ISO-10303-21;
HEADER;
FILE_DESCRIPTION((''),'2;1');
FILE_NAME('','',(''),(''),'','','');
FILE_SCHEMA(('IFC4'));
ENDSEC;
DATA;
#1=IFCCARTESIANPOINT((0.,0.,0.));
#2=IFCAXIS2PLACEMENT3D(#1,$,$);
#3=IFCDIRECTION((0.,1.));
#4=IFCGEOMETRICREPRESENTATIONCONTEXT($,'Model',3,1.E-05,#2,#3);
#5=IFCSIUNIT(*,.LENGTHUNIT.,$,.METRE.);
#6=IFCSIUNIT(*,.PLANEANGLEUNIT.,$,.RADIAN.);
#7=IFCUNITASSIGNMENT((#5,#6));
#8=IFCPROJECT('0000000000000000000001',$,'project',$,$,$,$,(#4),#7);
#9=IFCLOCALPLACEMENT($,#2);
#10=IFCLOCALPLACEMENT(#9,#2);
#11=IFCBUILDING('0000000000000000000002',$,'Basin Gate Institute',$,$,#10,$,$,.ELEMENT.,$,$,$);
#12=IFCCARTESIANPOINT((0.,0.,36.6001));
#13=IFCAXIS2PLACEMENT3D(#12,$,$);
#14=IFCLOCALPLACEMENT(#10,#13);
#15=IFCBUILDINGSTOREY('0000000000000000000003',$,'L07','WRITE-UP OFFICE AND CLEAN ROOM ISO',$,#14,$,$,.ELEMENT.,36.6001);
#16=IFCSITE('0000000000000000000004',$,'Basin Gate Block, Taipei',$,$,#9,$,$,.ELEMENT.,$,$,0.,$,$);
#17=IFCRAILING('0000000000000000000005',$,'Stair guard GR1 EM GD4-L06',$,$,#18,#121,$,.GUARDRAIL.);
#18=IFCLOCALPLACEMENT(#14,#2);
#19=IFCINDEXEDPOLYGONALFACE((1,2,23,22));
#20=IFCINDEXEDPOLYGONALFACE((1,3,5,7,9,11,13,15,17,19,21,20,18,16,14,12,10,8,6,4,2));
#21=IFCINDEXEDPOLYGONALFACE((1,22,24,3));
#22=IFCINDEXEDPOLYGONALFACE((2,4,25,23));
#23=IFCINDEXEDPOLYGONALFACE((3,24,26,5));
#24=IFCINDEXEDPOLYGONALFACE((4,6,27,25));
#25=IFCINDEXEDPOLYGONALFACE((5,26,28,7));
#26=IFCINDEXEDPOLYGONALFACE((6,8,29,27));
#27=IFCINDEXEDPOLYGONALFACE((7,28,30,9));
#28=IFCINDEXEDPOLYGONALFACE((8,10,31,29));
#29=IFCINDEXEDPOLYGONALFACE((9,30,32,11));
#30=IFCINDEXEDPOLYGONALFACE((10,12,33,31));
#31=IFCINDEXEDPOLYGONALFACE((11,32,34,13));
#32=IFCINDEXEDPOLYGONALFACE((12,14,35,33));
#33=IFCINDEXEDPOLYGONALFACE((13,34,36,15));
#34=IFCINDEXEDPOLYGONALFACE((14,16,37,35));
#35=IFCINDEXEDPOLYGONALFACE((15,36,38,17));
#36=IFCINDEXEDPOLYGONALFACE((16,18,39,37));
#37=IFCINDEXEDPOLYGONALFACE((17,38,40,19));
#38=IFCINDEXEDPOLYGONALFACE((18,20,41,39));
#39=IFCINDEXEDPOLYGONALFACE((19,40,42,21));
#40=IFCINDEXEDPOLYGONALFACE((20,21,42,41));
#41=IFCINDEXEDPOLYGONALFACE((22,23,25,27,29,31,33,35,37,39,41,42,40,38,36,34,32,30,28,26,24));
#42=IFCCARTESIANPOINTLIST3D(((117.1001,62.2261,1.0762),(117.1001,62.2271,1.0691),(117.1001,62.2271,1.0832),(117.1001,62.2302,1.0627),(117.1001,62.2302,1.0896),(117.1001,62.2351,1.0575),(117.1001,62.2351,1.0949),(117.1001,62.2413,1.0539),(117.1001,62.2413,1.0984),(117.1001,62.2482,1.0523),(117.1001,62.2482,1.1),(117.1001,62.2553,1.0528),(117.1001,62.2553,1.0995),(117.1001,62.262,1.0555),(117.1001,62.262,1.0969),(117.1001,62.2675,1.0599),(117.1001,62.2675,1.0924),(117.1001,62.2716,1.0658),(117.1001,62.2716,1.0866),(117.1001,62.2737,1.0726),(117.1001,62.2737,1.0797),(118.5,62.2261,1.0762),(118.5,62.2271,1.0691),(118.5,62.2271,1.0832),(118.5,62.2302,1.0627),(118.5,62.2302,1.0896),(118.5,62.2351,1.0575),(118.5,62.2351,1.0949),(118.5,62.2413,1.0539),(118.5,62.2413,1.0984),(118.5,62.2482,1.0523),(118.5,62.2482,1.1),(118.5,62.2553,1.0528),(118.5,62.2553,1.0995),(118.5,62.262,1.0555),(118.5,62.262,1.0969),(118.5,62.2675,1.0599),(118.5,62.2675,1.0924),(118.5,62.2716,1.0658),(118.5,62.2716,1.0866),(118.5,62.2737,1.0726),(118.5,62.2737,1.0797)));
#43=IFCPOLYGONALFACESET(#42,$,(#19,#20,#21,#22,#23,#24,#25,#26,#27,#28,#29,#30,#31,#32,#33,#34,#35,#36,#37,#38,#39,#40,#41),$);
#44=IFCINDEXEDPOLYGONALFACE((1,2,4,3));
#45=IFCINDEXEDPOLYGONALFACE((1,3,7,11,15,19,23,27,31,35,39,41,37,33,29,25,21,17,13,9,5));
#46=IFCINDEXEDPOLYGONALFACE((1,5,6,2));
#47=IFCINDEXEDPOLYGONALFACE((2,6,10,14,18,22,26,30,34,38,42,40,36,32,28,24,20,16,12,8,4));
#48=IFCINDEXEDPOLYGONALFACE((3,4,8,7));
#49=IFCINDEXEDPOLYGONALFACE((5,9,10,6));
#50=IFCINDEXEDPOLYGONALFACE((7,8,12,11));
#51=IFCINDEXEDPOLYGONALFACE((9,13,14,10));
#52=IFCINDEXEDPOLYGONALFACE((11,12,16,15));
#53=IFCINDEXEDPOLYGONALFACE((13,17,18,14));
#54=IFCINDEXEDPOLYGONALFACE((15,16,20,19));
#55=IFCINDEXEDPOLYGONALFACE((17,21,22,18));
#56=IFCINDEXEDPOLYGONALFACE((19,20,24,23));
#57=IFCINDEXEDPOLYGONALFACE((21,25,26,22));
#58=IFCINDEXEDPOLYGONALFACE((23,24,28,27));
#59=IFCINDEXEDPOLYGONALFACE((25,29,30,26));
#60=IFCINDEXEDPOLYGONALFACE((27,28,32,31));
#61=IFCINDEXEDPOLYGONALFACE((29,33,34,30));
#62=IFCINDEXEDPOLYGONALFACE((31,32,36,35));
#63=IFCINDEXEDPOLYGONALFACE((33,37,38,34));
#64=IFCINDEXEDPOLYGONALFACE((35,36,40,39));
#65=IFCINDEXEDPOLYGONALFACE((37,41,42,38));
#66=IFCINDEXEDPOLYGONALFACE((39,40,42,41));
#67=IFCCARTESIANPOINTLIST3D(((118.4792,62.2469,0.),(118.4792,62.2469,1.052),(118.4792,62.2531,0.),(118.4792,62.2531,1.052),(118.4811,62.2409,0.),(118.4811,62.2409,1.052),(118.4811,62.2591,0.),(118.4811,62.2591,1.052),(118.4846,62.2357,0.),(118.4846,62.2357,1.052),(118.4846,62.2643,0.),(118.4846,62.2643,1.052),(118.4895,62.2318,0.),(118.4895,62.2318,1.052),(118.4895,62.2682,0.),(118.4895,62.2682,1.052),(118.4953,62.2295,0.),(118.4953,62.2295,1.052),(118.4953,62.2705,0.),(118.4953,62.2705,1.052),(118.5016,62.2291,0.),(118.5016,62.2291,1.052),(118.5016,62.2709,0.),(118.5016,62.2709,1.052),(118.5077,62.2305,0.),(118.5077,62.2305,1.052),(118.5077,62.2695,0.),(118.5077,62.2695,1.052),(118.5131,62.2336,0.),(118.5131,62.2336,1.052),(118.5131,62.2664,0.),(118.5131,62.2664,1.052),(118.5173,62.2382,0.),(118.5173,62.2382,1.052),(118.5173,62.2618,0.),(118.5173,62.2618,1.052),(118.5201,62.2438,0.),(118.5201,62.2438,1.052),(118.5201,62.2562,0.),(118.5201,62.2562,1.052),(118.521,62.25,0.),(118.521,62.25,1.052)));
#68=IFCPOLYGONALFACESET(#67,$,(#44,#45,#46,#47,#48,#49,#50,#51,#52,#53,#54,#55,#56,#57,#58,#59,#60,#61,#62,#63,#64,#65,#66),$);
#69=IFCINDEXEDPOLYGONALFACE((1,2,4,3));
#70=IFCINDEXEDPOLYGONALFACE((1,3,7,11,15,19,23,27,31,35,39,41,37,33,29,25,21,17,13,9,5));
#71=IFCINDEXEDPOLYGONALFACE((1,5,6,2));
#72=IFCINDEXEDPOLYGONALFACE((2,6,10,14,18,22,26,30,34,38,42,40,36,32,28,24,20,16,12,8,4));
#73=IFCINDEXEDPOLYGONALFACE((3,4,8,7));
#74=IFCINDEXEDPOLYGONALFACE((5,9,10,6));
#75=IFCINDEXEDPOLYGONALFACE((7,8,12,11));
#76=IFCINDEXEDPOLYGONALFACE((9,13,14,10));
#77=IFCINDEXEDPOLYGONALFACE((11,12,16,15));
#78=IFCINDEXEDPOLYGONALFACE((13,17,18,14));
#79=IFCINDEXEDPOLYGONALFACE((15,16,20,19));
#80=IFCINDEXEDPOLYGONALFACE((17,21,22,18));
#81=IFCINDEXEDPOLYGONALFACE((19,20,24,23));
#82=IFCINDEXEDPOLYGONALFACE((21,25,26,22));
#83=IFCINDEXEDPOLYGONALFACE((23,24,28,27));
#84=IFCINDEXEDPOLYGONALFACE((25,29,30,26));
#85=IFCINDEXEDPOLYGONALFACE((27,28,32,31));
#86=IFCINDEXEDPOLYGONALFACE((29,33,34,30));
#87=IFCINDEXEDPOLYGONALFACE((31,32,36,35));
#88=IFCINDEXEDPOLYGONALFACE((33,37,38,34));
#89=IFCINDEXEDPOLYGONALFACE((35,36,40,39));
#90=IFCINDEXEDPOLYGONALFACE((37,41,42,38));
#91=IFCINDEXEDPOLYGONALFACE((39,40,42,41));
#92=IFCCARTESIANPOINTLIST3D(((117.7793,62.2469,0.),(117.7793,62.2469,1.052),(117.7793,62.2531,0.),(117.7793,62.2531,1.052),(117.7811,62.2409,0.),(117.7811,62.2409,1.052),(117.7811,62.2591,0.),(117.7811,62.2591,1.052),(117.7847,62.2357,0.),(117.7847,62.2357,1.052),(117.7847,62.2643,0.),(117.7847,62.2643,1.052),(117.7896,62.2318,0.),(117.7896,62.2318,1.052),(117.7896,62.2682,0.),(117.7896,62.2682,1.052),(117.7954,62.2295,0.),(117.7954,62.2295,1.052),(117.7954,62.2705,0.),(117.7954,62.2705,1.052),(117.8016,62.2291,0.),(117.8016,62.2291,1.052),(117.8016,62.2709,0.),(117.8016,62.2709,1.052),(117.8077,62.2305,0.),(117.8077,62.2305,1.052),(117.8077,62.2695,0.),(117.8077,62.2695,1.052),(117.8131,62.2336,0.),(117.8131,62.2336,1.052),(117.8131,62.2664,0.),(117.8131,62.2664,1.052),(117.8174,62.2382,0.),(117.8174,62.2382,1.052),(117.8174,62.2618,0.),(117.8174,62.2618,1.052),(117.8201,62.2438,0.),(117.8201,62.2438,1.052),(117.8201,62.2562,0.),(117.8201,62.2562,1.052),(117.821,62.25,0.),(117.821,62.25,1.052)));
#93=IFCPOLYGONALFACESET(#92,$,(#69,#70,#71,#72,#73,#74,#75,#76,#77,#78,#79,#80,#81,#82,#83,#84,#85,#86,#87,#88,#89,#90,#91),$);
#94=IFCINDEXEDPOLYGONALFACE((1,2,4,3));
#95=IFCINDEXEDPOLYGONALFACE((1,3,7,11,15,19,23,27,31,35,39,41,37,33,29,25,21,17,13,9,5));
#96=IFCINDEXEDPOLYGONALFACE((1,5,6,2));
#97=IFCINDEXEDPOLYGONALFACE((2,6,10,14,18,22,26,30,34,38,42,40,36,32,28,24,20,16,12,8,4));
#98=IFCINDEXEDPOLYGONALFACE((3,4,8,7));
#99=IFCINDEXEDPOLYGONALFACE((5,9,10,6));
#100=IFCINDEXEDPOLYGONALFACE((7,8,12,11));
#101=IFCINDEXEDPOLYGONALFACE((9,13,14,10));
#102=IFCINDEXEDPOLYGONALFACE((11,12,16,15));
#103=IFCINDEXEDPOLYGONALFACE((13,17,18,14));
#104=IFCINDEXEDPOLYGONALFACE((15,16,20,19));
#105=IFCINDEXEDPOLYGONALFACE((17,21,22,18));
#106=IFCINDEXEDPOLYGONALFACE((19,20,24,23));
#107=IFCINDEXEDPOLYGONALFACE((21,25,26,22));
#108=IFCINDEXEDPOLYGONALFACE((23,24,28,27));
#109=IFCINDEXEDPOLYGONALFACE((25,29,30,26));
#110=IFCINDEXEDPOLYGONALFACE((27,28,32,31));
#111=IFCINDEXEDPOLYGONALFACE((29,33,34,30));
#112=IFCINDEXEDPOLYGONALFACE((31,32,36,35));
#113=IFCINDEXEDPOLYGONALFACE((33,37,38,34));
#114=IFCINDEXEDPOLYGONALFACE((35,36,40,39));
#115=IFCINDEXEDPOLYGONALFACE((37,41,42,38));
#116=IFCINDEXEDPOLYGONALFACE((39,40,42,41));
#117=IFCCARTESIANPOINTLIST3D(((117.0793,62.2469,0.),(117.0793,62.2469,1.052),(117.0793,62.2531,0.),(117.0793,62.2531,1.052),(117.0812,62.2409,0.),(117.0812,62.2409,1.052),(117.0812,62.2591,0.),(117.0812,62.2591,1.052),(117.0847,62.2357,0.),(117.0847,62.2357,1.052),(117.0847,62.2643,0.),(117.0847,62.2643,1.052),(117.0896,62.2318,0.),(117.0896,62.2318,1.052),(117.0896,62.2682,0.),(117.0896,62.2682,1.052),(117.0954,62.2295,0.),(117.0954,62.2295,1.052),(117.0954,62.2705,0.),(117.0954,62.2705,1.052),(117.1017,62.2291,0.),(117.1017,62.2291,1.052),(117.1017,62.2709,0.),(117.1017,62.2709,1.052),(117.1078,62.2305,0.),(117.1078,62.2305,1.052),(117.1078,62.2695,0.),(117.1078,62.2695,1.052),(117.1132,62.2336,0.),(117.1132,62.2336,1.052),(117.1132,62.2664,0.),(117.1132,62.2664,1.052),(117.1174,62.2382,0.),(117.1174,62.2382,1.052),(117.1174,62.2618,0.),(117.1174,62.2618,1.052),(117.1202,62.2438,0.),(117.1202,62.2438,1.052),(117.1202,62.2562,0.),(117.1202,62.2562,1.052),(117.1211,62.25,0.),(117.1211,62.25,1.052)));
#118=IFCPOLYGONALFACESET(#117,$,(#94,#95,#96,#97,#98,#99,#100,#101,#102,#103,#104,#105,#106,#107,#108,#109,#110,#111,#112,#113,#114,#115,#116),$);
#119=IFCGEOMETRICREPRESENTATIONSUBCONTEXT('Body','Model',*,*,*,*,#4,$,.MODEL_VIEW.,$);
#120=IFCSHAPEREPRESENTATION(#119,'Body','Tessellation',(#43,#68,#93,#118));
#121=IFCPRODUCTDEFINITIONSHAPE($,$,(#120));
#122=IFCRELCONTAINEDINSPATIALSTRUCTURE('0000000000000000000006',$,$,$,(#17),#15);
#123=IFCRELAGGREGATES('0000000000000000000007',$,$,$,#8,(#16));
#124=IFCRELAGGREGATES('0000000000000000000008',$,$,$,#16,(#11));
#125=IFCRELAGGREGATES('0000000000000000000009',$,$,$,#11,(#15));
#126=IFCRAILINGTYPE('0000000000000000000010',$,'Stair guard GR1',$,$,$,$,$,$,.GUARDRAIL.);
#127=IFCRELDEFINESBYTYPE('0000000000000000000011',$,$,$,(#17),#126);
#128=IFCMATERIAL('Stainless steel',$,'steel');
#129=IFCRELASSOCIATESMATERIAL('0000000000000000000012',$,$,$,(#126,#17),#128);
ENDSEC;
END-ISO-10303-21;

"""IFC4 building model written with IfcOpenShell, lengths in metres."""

from ifc_helpers import new_model, si_unit, direction, frame, origin, origin_2d, place, context, subcontext, project, spatial, circle, extrude, material, type_object, element, save


model = new_model("IFC4")

# Units and contexts
model_context = context("Model", 3, precision=1e-05, world=origin(), true_north=direction((0.0, 1.0)))
body_context = subcontext(model_context, "Body", "Model", "MODEL_VIEW")
ifc_project = project(units=[si_unit("LENGTHUNIT", "METRE"), si_unit("PLANEANGLEUNIT", "RADIAN")], contexts=[model_context])

# Site, building, storey
site_placement = place(None, origin())
site = spatial("IfcSite", under=ifc_project, at=site_placement, Name="Basin Gate Block, Taipei", CompositionType="ELEMENT", RefElevation=0.0)
building_placement = place(site_placement, origin())
building = spatial("IfcBuilding", under=site, at=building_placement, Name="Basin Gate Institute", CompositionType="ELEMENT")
storey_placement = place(building_placement, frame((0.0, 0.0, 36.6001)))
storey = spatial("IfcBuildingStorey", under=building, at=storey_placement, Name="L07", Description="WRITE-UP OFFICE AND CLEAN ROOM ISO", CompositionType="ELEMENT", Elevation=36.6001)

# Railing
ifc_material_1 = material(Name="Stainless steel", Category="steel")
railing_type_1 = type_object("IfcRailingType", Name="Stair guard GR1", PredefinedType="GUARDRAIL", material=ifc_material_1)
railing_1_placement = place(storey_placement, frame((118.5, 62.25, 0.0)))
element("IfcRailing", 1, at=railing_1_placement, inside=storey, type_object=railing_type_1, material=ifc_material_1, Name="Stair guard GR1 EM GD4-L06", PredefinedType="GUARDRAIL", context=body_context, shape_type="SweptSolid", body=[
    extrude(circle(Radius=0.0239, at=origin_2d()), frame((0.0, 0.0, 1.0762), z_axis=(-1.0, 0.0, 0.0), x_axis=(0.0, -1.0, 0.0)), (0.0, 0.0, 1.0), 1.3999),
    extrude(circle(Radius=0.021, at=origin_2d()), origin(), (0.0, 0.0, 1.0), 1.052),
    extrude(circle(Radius=0.021, at=origin_2d()), frame((-0.7, 0.0, 0.0)), (0.0, 0.0, 1.0), 1.052),
    extrude(circle(Radius=0.021, at=origin_2d()), frame((-1.3999, 0.0, 0.0)), (0.0, 0.0, 1.0), 1.052),
])

save(model, "model.ifc")
